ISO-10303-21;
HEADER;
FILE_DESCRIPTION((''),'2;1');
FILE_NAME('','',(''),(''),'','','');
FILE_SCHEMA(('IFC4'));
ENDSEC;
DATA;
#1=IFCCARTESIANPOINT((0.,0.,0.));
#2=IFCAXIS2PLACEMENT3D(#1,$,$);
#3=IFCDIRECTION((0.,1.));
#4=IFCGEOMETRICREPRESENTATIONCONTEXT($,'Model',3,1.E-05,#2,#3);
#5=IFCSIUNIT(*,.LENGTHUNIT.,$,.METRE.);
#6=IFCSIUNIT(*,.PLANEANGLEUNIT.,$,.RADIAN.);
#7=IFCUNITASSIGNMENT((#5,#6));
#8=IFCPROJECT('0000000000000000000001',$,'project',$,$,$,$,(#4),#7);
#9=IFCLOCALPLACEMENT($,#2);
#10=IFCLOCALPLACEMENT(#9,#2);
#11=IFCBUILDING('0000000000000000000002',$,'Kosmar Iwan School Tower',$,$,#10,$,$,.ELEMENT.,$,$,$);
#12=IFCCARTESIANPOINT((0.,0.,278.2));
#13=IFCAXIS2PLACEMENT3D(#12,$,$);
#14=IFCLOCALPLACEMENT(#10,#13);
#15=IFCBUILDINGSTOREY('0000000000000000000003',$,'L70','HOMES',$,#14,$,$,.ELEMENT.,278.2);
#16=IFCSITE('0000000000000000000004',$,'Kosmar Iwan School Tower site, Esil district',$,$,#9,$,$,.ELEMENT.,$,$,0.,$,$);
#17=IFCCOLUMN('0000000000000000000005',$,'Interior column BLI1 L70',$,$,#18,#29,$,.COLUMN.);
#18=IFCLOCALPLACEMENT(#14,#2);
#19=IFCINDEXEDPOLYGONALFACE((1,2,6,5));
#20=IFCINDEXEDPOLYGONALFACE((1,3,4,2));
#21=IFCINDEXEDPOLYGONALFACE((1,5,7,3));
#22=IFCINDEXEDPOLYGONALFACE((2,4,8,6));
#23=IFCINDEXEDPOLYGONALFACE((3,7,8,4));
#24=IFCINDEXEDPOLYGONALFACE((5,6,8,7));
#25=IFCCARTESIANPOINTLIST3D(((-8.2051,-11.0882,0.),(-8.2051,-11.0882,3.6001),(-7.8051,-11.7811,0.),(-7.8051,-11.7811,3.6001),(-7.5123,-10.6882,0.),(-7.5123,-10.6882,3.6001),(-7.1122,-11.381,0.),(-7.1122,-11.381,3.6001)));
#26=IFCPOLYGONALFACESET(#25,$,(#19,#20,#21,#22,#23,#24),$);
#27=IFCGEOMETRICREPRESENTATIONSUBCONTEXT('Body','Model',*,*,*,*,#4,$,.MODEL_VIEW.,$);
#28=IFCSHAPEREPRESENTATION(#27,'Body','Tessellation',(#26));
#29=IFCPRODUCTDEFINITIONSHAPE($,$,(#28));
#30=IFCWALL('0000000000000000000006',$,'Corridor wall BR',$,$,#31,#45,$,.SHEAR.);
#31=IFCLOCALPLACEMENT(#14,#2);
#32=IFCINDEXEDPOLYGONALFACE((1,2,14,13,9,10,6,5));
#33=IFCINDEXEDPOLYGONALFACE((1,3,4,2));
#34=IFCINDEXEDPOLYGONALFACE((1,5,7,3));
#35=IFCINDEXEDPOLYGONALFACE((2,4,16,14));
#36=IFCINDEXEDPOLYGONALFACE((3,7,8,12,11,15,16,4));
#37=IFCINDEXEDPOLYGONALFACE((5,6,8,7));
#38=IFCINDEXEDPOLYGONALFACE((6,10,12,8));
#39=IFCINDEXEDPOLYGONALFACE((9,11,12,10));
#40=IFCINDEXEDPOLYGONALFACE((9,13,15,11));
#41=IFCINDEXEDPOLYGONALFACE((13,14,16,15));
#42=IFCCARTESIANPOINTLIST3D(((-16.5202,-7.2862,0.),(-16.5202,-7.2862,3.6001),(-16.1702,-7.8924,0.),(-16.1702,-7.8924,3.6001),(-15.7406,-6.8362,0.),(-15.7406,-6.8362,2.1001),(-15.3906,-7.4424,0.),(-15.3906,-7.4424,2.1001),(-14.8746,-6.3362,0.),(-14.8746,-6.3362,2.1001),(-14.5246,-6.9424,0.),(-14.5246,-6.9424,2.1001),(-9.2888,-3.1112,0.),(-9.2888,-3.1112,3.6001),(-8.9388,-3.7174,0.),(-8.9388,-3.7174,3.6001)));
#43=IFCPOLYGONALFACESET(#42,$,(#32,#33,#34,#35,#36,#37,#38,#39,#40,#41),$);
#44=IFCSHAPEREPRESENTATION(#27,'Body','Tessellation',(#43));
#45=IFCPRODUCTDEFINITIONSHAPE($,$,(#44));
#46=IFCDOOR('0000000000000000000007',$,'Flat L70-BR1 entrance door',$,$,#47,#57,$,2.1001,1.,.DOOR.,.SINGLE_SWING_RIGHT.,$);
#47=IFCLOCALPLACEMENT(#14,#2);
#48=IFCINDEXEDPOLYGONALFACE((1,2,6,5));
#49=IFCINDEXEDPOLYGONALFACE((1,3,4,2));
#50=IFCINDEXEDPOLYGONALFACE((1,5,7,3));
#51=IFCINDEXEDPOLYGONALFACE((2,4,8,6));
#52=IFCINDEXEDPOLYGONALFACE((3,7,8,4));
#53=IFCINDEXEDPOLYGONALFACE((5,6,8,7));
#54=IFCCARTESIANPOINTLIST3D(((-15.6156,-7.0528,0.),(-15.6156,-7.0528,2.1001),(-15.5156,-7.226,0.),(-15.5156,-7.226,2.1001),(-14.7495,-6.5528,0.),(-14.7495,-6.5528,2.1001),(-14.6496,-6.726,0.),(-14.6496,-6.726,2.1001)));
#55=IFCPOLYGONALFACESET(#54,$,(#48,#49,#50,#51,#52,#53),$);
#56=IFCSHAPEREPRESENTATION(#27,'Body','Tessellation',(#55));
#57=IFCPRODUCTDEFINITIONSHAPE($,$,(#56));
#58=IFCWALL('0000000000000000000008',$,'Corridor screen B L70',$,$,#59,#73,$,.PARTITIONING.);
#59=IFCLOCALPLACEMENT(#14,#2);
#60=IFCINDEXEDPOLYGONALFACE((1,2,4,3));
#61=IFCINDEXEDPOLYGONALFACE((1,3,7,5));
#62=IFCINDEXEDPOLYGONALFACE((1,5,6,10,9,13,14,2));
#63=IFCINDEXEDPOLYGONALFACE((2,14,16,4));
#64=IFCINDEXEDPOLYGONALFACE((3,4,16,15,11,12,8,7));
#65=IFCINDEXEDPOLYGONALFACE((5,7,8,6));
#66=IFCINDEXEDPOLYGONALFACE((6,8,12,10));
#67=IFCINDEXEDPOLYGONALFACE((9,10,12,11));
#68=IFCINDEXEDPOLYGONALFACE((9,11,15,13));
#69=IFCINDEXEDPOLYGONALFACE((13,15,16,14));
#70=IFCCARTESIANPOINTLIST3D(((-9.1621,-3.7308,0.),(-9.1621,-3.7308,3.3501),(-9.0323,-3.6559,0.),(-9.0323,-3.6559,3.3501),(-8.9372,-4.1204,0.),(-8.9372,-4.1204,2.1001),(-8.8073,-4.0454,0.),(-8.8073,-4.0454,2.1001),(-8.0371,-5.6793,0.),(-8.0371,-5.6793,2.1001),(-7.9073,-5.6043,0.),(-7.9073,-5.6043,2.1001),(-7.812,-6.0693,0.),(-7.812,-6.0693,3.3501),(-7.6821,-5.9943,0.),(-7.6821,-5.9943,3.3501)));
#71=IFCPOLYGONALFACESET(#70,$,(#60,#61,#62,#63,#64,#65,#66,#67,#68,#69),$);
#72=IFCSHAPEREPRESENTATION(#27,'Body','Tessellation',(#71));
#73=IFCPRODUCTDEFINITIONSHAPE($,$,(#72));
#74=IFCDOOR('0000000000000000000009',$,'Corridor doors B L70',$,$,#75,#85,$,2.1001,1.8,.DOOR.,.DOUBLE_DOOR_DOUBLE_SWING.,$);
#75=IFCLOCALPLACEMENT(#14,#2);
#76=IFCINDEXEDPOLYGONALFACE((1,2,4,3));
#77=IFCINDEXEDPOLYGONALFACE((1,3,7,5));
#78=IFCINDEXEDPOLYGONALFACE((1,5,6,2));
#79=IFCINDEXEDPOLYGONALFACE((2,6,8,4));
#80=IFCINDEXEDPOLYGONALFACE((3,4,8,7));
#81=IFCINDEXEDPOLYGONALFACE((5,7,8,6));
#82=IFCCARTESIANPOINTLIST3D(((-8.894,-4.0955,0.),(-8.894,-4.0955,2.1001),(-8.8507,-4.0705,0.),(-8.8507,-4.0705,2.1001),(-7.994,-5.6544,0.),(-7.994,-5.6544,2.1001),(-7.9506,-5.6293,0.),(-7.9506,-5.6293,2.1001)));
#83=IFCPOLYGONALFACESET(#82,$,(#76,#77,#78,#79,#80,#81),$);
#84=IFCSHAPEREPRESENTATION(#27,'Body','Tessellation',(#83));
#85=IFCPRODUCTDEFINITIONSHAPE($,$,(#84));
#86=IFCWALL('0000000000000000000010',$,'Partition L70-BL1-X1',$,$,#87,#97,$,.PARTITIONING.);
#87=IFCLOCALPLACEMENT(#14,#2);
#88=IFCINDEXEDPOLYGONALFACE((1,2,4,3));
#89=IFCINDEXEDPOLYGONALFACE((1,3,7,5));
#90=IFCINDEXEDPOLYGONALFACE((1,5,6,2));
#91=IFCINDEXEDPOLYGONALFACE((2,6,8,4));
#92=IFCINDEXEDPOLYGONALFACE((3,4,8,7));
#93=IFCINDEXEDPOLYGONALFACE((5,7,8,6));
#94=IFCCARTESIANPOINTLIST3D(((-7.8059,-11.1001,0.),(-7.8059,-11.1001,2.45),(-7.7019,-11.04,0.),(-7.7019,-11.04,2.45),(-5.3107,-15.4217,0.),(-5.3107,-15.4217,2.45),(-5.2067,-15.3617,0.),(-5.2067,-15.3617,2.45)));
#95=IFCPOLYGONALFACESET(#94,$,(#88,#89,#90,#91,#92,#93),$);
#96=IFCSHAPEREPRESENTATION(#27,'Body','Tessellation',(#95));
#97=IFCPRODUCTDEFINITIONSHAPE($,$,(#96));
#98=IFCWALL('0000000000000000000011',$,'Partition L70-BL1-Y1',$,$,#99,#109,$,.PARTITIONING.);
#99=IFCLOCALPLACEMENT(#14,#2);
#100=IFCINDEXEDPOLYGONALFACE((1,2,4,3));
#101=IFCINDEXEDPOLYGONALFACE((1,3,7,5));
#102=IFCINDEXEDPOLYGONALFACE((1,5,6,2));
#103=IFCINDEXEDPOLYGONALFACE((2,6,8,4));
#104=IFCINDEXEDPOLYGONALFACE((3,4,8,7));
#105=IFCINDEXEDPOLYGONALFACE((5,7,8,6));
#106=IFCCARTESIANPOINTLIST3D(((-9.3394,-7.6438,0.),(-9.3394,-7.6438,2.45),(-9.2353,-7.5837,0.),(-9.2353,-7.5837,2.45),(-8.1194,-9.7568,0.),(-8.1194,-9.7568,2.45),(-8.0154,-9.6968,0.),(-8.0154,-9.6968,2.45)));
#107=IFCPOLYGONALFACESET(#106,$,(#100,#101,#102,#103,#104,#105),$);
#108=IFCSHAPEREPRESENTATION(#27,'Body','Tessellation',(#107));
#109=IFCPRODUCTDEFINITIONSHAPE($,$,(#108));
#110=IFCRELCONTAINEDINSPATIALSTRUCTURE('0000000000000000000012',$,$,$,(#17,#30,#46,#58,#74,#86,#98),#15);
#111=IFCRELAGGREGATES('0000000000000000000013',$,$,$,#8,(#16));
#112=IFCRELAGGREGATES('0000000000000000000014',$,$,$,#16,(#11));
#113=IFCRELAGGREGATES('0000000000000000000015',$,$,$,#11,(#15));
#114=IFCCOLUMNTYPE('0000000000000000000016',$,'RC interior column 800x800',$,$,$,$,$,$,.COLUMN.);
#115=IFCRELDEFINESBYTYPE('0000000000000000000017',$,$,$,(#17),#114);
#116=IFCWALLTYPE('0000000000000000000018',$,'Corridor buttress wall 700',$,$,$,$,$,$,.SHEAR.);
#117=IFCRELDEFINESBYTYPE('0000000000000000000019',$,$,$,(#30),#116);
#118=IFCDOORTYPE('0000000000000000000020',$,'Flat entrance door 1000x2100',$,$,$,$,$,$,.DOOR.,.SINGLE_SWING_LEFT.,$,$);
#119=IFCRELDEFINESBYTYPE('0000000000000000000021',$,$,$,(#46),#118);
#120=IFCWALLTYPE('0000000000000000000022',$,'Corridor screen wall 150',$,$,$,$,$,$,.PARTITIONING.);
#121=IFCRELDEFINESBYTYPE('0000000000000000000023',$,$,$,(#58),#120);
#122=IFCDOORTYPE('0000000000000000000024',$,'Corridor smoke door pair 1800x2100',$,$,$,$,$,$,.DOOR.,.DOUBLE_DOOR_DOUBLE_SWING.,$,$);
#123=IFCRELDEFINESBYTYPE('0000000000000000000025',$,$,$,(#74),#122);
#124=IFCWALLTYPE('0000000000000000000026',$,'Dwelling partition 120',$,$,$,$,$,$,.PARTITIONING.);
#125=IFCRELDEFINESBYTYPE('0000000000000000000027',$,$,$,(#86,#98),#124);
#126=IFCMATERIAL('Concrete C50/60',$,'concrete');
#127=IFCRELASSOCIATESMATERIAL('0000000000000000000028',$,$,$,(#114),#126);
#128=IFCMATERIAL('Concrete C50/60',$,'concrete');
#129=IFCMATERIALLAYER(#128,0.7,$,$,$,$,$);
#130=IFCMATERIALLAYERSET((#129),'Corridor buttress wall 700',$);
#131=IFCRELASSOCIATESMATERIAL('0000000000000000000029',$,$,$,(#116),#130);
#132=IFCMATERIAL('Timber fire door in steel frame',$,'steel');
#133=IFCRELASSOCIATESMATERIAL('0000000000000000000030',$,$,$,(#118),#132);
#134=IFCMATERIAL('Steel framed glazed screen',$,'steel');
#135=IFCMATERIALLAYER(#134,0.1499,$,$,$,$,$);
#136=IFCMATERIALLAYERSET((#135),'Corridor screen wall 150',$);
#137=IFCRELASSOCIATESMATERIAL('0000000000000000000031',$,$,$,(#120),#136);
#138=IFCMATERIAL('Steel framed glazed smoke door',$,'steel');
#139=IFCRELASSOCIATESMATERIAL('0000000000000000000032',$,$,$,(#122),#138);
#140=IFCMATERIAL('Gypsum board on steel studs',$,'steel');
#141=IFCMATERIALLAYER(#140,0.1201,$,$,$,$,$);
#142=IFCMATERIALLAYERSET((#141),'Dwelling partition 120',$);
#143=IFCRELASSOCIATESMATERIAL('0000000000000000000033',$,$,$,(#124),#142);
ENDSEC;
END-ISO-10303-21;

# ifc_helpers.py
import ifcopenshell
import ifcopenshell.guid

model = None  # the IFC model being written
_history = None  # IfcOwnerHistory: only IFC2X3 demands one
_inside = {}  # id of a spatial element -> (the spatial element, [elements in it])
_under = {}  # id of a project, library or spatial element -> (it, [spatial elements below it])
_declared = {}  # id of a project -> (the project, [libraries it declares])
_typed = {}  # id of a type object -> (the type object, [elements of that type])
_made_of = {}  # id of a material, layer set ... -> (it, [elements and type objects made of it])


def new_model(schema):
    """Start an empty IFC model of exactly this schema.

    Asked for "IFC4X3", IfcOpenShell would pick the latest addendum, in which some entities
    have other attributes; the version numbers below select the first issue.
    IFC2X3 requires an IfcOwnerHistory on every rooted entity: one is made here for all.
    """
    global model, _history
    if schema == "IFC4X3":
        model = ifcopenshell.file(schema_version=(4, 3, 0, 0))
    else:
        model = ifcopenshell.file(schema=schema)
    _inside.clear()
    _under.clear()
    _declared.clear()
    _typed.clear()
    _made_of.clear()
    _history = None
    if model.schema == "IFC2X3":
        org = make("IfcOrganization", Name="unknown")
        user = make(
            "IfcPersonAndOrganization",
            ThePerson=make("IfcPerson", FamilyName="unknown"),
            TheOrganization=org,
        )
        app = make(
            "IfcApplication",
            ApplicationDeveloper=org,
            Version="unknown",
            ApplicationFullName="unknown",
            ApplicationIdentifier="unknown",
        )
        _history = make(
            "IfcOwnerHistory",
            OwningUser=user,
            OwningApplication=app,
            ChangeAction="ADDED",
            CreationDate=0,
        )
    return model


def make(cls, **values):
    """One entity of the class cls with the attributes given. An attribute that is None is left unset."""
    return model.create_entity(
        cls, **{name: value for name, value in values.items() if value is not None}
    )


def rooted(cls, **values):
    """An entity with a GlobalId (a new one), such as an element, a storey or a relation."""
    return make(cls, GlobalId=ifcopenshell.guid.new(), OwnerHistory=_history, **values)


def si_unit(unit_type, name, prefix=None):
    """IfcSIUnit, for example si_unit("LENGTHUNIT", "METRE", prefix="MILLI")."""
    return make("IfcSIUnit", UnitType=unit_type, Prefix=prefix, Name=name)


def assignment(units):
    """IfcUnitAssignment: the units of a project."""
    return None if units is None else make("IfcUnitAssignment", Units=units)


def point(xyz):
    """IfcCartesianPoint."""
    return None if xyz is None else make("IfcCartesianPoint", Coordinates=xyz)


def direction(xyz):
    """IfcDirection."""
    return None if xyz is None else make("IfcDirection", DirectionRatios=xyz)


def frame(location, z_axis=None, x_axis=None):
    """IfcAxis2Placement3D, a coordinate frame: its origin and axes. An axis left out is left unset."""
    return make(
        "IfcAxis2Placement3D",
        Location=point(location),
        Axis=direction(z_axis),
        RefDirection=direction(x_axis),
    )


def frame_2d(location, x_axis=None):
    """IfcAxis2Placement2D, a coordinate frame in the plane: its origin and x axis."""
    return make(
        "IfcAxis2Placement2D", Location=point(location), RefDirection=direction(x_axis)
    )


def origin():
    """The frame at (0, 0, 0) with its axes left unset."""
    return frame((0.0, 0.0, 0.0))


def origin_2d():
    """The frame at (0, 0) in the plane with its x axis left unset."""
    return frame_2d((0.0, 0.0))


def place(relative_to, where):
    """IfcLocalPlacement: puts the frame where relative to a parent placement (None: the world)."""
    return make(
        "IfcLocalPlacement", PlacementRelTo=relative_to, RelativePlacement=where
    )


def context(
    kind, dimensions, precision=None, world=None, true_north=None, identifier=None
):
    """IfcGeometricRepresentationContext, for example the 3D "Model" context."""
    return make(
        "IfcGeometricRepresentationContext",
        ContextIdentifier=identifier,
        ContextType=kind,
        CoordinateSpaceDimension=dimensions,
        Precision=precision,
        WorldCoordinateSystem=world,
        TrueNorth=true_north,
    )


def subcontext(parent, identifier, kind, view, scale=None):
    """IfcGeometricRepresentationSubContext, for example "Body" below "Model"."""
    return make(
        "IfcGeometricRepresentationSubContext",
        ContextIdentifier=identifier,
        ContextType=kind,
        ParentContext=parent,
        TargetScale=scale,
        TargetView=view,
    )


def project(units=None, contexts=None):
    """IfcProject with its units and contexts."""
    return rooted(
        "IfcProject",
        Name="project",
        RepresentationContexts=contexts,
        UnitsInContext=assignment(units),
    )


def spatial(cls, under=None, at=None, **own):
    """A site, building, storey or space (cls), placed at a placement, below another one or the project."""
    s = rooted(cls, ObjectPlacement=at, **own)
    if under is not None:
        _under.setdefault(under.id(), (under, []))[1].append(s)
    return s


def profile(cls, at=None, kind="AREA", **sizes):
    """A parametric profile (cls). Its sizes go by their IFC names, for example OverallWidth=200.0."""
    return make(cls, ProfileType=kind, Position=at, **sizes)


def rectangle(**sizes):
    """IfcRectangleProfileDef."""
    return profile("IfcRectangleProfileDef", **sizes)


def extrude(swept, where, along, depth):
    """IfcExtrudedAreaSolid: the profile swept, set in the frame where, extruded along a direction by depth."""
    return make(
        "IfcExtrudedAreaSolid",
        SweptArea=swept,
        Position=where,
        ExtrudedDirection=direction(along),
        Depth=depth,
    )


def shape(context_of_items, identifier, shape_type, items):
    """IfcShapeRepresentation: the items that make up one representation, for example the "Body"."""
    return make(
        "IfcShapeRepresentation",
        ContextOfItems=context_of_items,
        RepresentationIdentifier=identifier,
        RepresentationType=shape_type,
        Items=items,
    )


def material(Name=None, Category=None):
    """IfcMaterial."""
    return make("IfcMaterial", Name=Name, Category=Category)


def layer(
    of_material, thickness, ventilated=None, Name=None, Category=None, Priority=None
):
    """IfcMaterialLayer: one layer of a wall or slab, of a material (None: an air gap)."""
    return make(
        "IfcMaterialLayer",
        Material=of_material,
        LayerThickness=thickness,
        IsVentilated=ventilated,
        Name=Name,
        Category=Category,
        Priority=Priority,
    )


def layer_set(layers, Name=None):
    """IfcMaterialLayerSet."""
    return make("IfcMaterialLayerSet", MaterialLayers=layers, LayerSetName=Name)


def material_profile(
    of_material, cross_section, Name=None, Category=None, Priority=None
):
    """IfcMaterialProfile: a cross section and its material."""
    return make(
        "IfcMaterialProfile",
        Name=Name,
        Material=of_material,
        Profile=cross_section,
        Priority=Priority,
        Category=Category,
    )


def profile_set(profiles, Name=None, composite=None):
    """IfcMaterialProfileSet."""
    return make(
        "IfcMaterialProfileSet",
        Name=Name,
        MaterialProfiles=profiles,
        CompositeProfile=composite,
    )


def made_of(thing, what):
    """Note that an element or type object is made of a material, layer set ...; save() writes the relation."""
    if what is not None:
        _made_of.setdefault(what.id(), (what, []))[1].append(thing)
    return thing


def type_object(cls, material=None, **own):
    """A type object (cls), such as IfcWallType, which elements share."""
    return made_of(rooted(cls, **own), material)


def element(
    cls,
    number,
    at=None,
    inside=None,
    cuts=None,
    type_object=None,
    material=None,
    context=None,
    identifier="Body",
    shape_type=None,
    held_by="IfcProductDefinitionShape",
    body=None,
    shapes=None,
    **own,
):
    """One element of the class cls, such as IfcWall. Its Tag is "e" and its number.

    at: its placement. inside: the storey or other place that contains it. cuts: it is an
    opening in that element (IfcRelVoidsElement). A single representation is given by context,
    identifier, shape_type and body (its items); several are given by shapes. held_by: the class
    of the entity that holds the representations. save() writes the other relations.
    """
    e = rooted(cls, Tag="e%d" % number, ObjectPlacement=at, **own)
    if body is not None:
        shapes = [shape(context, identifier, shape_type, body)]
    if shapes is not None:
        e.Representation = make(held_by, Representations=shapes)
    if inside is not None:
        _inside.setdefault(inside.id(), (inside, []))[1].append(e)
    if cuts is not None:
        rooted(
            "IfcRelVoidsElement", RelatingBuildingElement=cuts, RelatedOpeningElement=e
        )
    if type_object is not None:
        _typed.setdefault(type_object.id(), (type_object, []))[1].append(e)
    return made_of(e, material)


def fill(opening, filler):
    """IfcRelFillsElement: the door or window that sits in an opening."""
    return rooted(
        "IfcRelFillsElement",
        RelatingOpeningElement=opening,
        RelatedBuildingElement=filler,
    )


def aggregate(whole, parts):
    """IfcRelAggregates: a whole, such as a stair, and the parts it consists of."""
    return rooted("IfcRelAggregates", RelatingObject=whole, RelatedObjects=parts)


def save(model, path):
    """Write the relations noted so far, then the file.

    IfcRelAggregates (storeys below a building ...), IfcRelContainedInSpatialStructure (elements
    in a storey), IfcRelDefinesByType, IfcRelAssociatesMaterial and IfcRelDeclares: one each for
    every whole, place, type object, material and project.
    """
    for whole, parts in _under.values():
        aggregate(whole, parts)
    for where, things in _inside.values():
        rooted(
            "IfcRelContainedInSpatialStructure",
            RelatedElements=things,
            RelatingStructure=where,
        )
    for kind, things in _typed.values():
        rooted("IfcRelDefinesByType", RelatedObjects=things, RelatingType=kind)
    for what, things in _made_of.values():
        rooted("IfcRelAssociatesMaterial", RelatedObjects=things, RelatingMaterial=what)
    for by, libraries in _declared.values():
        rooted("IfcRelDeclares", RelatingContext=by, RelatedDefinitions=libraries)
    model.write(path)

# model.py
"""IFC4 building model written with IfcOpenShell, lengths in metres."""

from ifc_helpers import new_model, si_unit, direction, frame, frame_2d, origin, origin_2d, place, context, subcontext, project, spatial, rectangle, extrude, material, layer, layer_set, material_profile, profile_set, type_object, element, fill, save


model = new_model("IFC4")

# Units and contexts
model_context = context("Model", 3, precision=1e-05, world=origin(), true_north=direction((0.0, 1.0)))
body_context = subcontext(model_context, "Body", "Model", "MODEL_VIEW")
ifc_project = project(units=[si_unit("LENGTHUNIT", "METRE"), si_unit("PLANEANGLEUNIT", "RADIAN")], contexts=[model_context])

# Site, building, storey
site_placement = place(None, origin())
site = spatial("IfcSite", under=ifc_project, at=site_placement, Name="Kosmar Iwan School Tower site, Esil district", CompositionType="ELEMENT", RefElevation=0.0)
building_placement = place(site_placement, origin())
building = spatial("IfcBuilding", under=site, at=building_placement, Name="Kosmar Iwan School Tower", CompositionType="ELEMENT")
storey_placement = place(building_placement, frame((0.0, 0.0, 278.2)))
storey = spatial("IfcBuildingStorey", under=building, at=storey_placement, Name="L70", Description="HOMES", CompositionType="ELEMENT", Elevation=278.2)

# Column
ifc_material_1 = material(Name="Concrete C50/60", Category="concrete")
ifc_material_profile = material_profile(ifc_material_1, rectangle(XDim=0.8, YDim=0.8, at=origin_2d()), Name="RC 800x800")
ifc_profile_set = profile_set([ifc_material_profile], Name="Concrete C50/60")
column_type = type_object("IfcColumnType", Name="RC interior column 800x800", PredefinedType="COLUMN", material=ifc_profile_set)
column_placement = place(storey_placement, frame((-7.6587, -11.2346, 0.0), z_axis=(0.0, 0.0, 1.0), x_axis=(-0.866025, -0.5, 0.0)))
element("IfcColumn", 1, at=column_placement, inside=storey, type_object=column_type, Name="Interior column BLI1 L70", PredefinedType="COLUMN", context=body_context, shape_type="SweptSolid", body=[
    extrude(rectangle(XDim=0.8, YDim=0.8, at=origin_2d()), origin(), (0.0, 0.0, 1.0), 3.6001),
])

# Walls, openings, doors
ifc_material_2 = material(Name="Concrete C50/60", Category="concrete")
ifc_layer_1 = layer(ifc_material_2, 0.7)
ifc_layer_set_1 = layer_set([ifc_layer_1], Name="Corridor buttress wall 700")
wall_type_1 = type_object("IfcWallType", Name="Corridor buttress wall 700", PredefinedType="SHEAR", material=ifc_layer_set_1)
wall_1_placement = place(storey_placement, frame((-9.1138, -3.4143, 0.0), z_axis=(0.0, 0.0, 1.0), x_axis=(-0.866027, -0.499997, 0.0)))
wall_1 = element("IfcWall", 2, at=wall_1_placement, inside=storey, type_object=wall_type_1, Name="Corridor wall BR", PredefinedType="SHEAR", context=body_context, shape_type="SweptSolid", body=[
    extrude(rectangle(XDim=8.3501, YDim=0.7, at=frame_2d((4.175, 0.0))), origin(), (0.0, 0.0, 1.0), 3.6001),
])
opening_1_placement = place(wall_1_placement, frame((6.45, 0.0, 0.0)))
opening_1 = element("IfcOpeningElement", 3, at=opening_1_placement, cuts=wall_1, PredefinedType="OPENING", context=body_context, shape_type="SweptSolid", body=[
    extrude(rectangle(XDim=1.0, YDim=2.1001, at=frame_2d((0.5, 1.05))), frame((0.0, 0.3621, 0.0), z_axis=(0.0, -1.0, 0.0), x_axis=(1.0, 0.0, 0.0)), (0.0, 0.0, 1.0), 0.7239),
])
ifc_material_3 = material(Name="Timber fire door in steel frame", Category="steel")
door_type_1 = type_object("IfcDoorType", Name="Flat entrance door 1000x2100", OperationType="SINGLE_SWING_LEFT", PredefinedType="DOOR", material=ifc_material_3)
door_1_placement = place(opening_1_placement, origin())
door_1 = element("IfcDoor", 4, at=door_1_placement, inside=storey, type_object=door_type_1, Name="Flat L70-BR1 entrance door", OperationType="SINGLE_SWING_RIGHT", OverallHeight=2.1001, OverallWidth=1.0, PredefinedType="DOOR", context=body_context, shape_type="SweptSolid", body=[
    extrude(rectangle(XDim=1.0, YDim=2.1001, at=frame_2d((0.5, 1.05))), frame((0.0, 0.1001, 0.0), z_axis=(0.0, -1.0, 0.0), x_axis=(1.0, 0.0, 0.0)), (0.0, 0.0, 1.0), 0.2),
])
fill(opening_1, door_1)
ifc_material_4 = material(Name="Steel framed glazed screen", Category="steel")
ifc_layer_2 = layer(ifc_material_4, 0.1499)
ifc_layer_set_2 = layer_set([ifc_layer_2], Name="Corridor screen wall 150")
wall_type_2 = type_object("IfcWallType", Name="Corridor screen wall 150", PredefinedType="PARTITIONING", material=ifc_layer_set_2)
wall_2_placement = place(storey_placement, frame((-9.0972, -3.6934, 0.0), z_axis=(0.0, 0.0, 1.0), x_axis=(0.500009, -0.86602, 0.0)))
wall_2 = element("IfcWall", 5, at=wall_2_placement, inside=storey, type_object=wall_type_2, Name="Corridor screen B L70", PredefinedType="PARTITIONING", context=body_context, shape_type="SweptSolid", body=[
    extrude(rectangle(XDim=2.7002, YDim=0.1499, at=frame_2d((1.3501, 0.0))), origin(), (0.0, 0.0, 1.0), 3.3501),
])
opening_2_placement = place(wall_2_placement, frame((0.45, 0.0, 0.0)))
opening_2 = element("IfcOpeningElement", 6, at=opening_2_placement, cuts=wall_2, PredefinedType="OPENING", context=body_context, shape_type="SweptSolid", body=[
    extrude(rectangle(XDim=1.8, YDim=2.1001, at=frame_2d((0.8999, 1.05))), frame((0.0, 0.0869, 0.0), z_axis=(0.0, -1.0, 0.0), x_axis=(1.0, 0.0, 0.0)), (0.0, 0.0, 1.0), 0.1738),
])
ifc_material_5 = material(Name="Steel framed glazed smoke door", Category="steel")
door_type_2 = type_object("IfcDoorType", Name="Corridor smoke door pair 1800x2100", OperationType="DOUBLE_DOOR_DOUBLE_SWING", PredefinedType="DOOR", material=ifc_material_5)
door_2_placement = place(opening_2_placement, origin())
door_2 = element("IfcDoor", 7, at=door_2_placement, inside=storey, type_object=door_type_2, Name="Corridor doors B L70", OperationType="DOUBLE_DOOR_DOUBLE_SWING", OverallHeight=2.1001, OverallWidth=1.8, PredefinedType="DOOR", context=body_context, shape_type="SweptSolid", body=[
    extrude(rectangle(XDim=1.8, YDim=2.1001, at=frame_2d((0.8999, 1.05))), frame((0.0, 0.0249, 0.0), z_axis=(0.0, -1.0, 0.0), x_axis=(1.0, 0.0, 0.0)), (0.0, 0.0, 1.0), 0.05),
])
fill(opening_2, door_2)

# Walls
ifc_material_6 = material(Name="Gypsum board on steel studs", Category="steel")
ifc_layer_3 = layer(ifc_material_6, 0.1201)
ifc_layer_set_3 = layer_set([ifc_layer_3], Name="Dwelling partition 120")
wall_type_3 = type_object("IfcWallType", Name="Dwelling partition 120", PredefinedType="PARTITIONING", material=ifc_layer_set_3)
wall_3_placement = place(storey_placement, frame((-7.7539, -11.0701, 0.0), z_axis=(0.0, 0.0, 1.0), x_axis=(0.500012, -0.866019, 0.0)))
element("IfcWall", 8, at=wall_3_placement, inside=storey, type_object=wall_type_3, Name="Partition L70-BL1-X1", PredefinedType="PARTITIONING", context=body_context, shape_type="SweptSolid", body=[
    extrude(rectangle(XDim=4.9902, YDim=0.1201, at=frame_2d((2.4951, 0.0))), origin(), (0.0, 0.0, 1.0), 2.45),
])
wall_4_placement = place(storey_placement, frame((-9.2874, -7.6138, 0.0), z_axis=(0.0, 0.0, 1.0), x_axis=(0.500003, -0.866024, 0.0)))
element("IfcWall", 9, at=wall_4_placement, inside=storey, type_object=wall_type_3, Name="Partition L70-BL1-Y1", PredefinedType="PARTITIONING", context=body_context, shape_type="SweptSolid", body=[
    extrude(rectangle(XDim=2.4399, YDim=0.1201, at=frame_2d((1.22, 0.0))), origin(), (0.0, 0.0, 1.0), 2.45),
])

save(model, "model.ifc")
